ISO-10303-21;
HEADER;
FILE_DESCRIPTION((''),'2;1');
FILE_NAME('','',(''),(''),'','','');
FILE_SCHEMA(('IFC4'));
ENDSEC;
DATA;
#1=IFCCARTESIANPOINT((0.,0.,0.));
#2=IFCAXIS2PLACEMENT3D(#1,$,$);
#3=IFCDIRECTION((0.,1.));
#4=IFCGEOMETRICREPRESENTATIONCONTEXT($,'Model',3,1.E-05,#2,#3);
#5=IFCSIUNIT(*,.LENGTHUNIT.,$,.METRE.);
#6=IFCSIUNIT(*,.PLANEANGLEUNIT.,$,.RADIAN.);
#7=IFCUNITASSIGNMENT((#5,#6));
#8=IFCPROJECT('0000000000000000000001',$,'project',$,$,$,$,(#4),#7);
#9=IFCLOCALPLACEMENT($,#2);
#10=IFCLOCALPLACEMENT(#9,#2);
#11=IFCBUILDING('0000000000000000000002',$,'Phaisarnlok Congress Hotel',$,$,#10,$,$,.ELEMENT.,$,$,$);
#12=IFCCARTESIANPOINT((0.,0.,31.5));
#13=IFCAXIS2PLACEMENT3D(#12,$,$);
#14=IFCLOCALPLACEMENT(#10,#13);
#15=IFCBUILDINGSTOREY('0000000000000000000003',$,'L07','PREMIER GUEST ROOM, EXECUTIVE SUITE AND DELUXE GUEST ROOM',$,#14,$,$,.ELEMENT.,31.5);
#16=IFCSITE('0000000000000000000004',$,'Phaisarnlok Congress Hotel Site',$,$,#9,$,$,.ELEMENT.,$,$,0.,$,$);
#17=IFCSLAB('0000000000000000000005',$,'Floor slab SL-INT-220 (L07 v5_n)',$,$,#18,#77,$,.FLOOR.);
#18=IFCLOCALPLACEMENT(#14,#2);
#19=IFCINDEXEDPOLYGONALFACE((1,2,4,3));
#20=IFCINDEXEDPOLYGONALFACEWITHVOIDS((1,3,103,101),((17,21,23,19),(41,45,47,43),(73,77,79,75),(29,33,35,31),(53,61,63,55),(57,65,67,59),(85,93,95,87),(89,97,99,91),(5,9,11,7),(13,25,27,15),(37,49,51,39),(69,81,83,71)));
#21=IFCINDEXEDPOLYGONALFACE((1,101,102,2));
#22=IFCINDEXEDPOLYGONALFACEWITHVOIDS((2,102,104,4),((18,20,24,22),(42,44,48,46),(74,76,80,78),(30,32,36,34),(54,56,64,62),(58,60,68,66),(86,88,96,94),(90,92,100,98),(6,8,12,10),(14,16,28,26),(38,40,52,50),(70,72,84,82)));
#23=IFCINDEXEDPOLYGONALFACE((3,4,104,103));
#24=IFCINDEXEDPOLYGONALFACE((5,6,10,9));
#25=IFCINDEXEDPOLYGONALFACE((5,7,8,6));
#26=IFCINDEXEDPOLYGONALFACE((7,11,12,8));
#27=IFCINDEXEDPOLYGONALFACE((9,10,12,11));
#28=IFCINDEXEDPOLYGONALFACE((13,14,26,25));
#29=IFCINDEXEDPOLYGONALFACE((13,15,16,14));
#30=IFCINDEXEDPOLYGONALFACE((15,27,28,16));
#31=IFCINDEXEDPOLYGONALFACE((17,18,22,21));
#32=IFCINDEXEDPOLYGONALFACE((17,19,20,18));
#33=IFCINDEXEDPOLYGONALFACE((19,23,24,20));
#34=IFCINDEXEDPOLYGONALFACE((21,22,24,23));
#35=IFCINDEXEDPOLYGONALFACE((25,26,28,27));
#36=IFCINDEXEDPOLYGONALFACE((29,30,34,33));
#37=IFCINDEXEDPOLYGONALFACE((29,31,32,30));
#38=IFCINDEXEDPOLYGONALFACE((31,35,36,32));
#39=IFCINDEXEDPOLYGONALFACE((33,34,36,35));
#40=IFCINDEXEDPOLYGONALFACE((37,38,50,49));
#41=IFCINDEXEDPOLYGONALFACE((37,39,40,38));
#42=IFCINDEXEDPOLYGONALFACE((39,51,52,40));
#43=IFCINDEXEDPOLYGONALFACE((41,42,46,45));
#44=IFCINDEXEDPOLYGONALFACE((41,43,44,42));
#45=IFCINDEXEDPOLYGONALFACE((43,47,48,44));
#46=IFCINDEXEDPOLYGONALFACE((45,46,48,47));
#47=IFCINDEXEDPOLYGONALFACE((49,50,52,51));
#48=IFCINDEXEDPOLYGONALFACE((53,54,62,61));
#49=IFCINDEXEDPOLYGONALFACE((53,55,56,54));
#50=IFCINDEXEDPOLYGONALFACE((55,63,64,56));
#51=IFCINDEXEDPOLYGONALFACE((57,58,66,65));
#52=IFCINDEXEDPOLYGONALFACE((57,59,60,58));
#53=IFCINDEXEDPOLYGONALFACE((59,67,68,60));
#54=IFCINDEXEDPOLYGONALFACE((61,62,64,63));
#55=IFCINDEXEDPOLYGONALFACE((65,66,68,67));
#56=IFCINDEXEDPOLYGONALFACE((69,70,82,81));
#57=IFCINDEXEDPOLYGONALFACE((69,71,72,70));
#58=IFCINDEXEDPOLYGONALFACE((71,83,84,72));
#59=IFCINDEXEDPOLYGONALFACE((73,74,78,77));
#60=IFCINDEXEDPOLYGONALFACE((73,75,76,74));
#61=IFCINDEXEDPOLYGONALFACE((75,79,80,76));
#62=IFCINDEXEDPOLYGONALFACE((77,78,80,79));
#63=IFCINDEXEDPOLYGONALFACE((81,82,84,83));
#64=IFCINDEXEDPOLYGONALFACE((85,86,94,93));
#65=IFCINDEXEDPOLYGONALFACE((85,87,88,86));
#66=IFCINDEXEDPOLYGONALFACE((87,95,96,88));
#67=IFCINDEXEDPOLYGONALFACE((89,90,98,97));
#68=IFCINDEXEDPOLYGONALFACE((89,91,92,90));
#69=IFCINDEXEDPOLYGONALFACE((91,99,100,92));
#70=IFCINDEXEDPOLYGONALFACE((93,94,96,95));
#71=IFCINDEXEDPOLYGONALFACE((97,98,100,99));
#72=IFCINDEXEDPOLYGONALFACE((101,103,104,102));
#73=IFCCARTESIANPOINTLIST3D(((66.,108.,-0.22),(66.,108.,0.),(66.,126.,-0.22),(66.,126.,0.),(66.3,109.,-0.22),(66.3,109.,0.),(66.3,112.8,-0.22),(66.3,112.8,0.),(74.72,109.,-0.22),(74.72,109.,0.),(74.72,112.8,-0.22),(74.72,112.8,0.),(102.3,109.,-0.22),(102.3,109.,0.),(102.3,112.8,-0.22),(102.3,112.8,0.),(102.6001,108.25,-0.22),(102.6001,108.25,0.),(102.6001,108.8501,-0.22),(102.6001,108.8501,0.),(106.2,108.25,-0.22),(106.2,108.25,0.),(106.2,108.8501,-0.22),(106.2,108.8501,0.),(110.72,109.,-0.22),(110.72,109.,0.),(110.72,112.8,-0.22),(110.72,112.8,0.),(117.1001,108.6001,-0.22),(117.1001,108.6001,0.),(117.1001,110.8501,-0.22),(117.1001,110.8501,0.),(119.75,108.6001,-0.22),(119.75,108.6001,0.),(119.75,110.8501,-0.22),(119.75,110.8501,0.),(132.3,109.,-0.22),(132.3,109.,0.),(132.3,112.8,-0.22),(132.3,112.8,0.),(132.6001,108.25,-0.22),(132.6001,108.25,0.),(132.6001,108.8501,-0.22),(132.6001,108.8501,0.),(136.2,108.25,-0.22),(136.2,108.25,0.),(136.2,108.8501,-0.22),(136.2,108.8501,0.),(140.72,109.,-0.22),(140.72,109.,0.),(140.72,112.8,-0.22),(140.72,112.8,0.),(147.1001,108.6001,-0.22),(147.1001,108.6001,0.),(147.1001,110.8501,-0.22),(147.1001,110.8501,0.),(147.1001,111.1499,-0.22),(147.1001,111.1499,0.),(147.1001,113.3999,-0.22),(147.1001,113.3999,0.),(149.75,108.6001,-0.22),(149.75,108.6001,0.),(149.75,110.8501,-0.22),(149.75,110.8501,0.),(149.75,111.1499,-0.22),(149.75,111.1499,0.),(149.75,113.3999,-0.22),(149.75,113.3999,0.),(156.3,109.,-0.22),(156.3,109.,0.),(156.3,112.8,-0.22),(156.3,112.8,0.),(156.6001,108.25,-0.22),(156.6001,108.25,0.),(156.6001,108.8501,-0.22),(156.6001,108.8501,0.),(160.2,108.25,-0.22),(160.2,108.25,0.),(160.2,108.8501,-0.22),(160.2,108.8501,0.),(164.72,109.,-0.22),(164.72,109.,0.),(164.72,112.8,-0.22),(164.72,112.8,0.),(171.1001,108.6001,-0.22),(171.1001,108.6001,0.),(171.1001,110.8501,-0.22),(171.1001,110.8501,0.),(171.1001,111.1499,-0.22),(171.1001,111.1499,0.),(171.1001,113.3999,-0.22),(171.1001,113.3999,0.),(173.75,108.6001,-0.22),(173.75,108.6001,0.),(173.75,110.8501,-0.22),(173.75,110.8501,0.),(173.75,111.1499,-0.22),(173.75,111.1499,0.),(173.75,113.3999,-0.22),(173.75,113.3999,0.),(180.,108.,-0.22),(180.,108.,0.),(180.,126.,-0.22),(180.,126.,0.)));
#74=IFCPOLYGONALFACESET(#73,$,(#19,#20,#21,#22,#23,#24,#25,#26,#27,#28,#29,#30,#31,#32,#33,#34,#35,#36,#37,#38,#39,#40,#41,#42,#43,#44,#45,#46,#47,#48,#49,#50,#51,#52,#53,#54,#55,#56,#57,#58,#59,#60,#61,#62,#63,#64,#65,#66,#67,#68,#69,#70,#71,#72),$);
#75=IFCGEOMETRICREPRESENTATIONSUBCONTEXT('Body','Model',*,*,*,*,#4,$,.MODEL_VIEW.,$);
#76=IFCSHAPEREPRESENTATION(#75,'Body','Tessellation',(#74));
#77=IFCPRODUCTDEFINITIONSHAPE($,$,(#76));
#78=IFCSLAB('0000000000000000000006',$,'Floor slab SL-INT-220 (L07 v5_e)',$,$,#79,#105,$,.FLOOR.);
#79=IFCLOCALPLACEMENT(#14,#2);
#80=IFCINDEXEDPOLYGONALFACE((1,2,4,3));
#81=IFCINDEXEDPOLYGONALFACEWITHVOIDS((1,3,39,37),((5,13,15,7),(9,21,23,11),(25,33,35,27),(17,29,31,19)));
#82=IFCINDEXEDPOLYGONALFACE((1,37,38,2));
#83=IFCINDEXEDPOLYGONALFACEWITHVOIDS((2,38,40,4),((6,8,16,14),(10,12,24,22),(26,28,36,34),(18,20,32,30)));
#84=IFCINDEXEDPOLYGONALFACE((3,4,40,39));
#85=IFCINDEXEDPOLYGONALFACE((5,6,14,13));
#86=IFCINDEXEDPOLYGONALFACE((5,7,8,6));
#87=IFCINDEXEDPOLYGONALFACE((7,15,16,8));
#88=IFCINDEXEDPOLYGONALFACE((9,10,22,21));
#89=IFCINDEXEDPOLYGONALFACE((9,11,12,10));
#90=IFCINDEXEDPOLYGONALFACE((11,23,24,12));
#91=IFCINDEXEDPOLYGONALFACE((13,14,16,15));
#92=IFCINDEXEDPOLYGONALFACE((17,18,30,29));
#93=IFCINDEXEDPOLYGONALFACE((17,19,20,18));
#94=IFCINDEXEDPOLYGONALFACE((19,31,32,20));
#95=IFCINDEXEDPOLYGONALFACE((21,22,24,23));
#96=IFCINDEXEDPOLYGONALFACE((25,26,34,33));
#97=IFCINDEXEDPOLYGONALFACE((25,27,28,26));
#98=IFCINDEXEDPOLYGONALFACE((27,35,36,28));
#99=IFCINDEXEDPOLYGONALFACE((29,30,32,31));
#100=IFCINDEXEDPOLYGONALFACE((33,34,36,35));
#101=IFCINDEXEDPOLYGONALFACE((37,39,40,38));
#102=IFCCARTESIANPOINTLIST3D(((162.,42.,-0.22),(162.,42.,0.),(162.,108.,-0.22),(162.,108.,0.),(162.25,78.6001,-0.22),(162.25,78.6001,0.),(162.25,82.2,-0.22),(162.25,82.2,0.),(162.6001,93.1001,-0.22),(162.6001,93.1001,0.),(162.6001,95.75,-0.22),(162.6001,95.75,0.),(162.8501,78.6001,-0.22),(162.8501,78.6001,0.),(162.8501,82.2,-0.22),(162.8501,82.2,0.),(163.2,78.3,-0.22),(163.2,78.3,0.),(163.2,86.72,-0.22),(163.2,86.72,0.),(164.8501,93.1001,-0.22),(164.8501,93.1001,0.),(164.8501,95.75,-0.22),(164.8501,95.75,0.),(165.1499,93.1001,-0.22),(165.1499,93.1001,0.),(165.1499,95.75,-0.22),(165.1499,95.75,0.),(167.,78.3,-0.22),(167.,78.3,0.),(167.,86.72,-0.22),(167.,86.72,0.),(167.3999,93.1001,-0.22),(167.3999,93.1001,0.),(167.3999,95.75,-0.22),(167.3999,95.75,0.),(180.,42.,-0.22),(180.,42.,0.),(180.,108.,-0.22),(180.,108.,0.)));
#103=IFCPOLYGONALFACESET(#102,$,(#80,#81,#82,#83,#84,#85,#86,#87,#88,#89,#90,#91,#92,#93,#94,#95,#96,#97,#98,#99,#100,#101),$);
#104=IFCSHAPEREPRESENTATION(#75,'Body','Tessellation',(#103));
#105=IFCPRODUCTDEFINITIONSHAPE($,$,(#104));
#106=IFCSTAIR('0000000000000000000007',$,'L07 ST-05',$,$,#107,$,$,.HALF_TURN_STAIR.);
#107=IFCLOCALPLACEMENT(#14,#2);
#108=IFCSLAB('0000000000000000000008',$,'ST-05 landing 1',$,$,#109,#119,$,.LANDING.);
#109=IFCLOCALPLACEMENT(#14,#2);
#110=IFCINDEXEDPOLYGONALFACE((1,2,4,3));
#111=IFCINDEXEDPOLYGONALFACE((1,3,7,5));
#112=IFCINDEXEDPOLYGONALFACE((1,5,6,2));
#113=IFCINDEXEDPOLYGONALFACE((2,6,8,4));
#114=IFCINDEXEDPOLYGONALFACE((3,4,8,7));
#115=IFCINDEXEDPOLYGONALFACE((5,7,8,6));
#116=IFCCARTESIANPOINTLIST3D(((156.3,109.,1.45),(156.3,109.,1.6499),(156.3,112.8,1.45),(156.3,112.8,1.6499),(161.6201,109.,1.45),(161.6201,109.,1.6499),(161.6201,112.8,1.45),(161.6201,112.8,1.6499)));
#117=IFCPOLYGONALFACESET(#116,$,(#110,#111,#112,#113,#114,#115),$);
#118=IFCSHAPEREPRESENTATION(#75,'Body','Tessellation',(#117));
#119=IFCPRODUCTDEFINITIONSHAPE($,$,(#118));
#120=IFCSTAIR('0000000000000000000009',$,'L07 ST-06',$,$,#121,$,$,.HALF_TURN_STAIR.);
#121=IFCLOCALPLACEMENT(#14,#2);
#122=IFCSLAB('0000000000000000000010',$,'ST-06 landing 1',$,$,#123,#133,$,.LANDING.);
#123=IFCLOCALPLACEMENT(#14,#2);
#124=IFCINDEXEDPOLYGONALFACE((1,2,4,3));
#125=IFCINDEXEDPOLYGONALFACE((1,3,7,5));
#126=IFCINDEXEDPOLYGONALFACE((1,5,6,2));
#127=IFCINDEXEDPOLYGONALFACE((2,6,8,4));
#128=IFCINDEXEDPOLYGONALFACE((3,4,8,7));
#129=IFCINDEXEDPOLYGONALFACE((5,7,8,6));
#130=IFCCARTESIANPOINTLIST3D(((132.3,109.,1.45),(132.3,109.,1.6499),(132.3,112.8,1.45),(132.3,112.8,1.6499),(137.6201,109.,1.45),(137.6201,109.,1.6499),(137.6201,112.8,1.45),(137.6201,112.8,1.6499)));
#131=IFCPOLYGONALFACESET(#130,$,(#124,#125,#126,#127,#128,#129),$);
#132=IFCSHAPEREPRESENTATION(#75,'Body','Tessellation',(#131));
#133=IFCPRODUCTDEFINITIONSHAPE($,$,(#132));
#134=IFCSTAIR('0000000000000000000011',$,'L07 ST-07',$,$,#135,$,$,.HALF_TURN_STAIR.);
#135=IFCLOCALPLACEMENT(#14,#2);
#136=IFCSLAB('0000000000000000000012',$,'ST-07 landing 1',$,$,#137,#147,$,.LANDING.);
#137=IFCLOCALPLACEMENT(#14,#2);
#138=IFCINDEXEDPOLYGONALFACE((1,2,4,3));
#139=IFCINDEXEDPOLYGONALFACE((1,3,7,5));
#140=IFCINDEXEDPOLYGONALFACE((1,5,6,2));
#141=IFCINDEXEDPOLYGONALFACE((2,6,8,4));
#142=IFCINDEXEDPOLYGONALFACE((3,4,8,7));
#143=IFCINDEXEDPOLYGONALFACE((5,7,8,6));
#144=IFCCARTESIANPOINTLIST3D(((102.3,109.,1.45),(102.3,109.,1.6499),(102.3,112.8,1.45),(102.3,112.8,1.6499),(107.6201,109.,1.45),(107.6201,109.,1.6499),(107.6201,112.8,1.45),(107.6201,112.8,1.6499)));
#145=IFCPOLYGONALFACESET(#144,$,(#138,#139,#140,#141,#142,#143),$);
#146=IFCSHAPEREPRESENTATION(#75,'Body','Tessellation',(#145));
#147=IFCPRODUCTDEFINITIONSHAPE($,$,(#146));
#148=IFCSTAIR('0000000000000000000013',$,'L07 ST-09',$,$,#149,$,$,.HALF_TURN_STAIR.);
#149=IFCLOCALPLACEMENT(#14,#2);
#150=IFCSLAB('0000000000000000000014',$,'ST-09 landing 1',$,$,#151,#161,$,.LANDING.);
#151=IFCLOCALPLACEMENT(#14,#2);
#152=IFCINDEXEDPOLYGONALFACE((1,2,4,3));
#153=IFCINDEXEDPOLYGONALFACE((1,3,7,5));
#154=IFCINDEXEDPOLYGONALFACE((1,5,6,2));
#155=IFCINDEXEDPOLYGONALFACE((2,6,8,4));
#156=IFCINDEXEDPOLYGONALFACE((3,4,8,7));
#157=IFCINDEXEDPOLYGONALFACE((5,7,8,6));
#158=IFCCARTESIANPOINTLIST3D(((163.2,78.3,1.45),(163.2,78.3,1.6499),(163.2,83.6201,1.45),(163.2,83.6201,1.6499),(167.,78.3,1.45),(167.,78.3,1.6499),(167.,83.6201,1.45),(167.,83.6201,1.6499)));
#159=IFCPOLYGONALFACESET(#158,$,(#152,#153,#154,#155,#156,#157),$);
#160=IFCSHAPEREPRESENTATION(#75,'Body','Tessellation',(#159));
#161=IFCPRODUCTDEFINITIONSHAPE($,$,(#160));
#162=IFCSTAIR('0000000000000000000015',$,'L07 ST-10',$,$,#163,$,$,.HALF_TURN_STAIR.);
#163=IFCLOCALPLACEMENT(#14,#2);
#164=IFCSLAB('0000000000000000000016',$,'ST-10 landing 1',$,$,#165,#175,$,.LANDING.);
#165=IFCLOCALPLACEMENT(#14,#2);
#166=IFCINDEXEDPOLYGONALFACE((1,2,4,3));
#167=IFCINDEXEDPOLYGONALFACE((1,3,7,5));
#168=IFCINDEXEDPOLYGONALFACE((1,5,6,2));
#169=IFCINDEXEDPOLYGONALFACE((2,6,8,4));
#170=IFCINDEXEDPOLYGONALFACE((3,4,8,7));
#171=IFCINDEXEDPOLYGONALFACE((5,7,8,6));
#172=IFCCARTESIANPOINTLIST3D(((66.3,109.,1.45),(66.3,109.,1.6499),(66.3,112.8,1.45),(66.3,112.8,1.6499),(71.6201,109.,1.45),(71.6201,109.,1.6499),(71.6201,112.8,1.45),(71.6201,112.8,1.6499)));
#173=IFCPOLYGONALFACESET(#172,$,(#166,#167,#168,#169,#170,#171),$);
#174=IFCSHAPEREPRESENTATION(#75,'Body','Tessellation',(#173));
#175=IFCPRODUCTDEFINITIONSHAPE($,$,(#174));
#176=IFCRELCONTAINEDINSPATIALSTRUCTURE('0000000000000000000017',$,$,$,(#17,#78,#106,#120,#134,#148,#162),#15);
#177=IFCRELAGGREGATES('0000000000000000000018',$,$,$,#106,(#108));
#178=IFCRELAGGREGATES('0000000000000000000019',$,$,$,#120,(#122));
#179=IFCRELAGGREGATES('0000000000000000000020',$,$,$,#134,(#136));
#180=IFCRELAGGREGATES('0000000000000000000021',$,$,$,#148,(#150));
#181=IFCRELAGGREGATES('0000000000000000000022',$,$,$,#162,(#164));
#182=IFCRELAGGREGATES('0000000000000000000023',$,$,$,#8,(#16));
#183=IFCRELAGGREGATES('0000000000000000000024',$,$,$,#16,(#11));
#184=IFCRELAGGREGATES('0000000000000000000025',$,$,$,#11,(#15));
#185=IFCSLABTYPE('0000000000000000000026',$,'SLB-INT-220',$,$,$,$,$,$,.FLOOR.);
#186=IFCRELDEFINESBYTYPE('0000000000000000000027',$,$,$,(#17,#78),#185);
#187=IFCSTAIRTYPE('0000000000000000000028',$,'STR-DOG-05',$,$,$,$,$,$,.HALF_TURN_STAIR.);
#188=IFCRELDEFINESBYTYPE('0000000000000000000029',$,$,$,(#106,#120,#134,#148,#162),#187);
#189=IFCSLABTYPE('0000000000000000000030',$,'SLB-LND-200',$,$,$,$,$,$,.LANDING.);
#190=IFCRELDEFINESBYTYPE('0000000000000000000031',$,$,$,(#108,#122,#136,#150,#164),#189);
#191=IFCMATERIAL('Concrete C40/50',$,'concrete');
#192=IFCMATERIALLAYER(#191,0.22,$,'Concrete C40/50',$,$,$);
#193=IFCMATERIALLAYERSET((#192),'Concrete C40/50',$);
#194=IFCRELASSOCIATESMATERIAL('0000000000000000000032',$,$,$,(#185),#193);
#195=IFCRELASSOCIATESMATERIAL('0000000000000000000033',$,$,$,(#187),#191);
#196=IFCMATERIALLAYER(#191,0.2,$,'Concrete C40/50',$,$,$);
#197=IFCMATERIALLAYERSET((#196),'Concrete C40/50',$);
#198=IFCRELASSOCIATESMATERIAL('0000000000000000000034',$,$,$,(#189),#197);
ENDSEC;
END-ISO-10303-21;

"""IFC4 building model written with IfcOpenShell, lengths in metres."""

from ifc_helpers import new_model, si_unit, direction, frame, origin, place, context, subcontext, project, spatial, polyline, outline, extrude, material, layer, layer_set, type_object, element, aggregate, save


model = new_model("IFC4")

# Units and contexts
model_context = context("Model", 3, precision=1e-05, world=origin(), true_north=direction((0.0, 1.0)))
body_context = subcontext(model_context, "Body", "Model", "MODEL_VIEW")
ifc_project = project(units=[si_unit("LENGTHUNIT", "METRE"), si_unit("PLANEANGLEUNIT", "RADIAN")], contexts=[model_context])

# Site, building, storey
site_placement = place(None, origin())
site = spatial("IfcSite", under=ifc_project, at=site_placement, Name="Phaisarnlok Congress Hotel Site", CompositionType="ELEMENT", RefElevation=0.0)
building_placement = place(site_placement, origin())
building = spatial("IfcBuilding", under=site, at=building_placement, Name="Phaisarnlok Congress Hotel", CompositionType="ELEMENT")
storey_placement = place(building_placement, frame((0.0, 0.0, 31.5)))
storey = spatial("IfcBuildingStorey", under=building, at=storey_placement, Name="L07", Description="PREMIER GUEST ROOM, EXECUTIVE SUITE AND DELUXE GUEST ROOM", CompositionType="ELEMENT", Elevation=31.5)

# Shared definitions
ifc_material_1 = material(Name="Concrete C40/50", Category="concrete")

# Slabs
ifc_layer_1 = layer(ifc_material_1, 0.22, Name="Concrete C40/50")
ifc_layer_set_1 = layer_set([ifc_layer_1], Name="Concrete C40/50")
slab_type_1 = type_object("IfcSlabType", Name="SLB-INT-220", PredefinedType="FLOOR", material=ifc_layer_set_1)
slab_1_placement = place(storey_placement, frame((0.0, 0.0, -0.22)))
element("IfcSlab", 1, at=slab_1_placement, inside=storey, type_object=slab_type_1, Name="Floor slab SL-INT-220 (L07 v5_n)", PredefinedType="FLOOR", context=body_context, shape_type="SweptSolid", body=[
    extrude(outline(polyline([(180.0, 108.0), (180.0, 126.0), (66.0, 126.0), (66.0, 108.0), (180.0, 108.0)]), holes=[polyline([(164.72, 112.8), (156.3, 112.8), (156.3, 109.0), (164.72, 109.0), (164.72, 112.8)]), polyline([(140.72, 112.8), (132.3, 112.8), (132.3, 109.0), (140.72, 109.0), (140.72, 112.8)]), polyline([(110.72, 112.8), (102.3, 112.8), (102.3, 109.0), (110.72, 109.0), (110.72, 112.8)]), polyline([(74.72, 112.8), (66.3, 112.8), (66.3, 109.0), (74.72, 109.0), (74.72, 112.8)]), polyline([(173.75, 108.6001), (173.75, 110.8501), (171.1001, 110.8501), (171.1001, 108.6001), (173.75, 108.6001)]), polyline([(173.75, 111.1499), (173.75, 113.3999), (171.1001, 113.3999), (171.1001, 111.1499), (173.75, 111.1499)]), polyline([(160.2, 108.25), (160.2, 108.8501), (156.6001, 108.8501), (156.6001, 108.25), (160.2, 108.25)]), polyline([(149.75, 108.6001), (149.75, 110.8501), (147.1001, 110.8501), (147.1001, 108.6001), (149.75, 108.6001)]), polyline([(149.75, 111.1499), (149.75, 113.3999), (147.1001, 113.3999), (147.1001, 111.1499), (149.75, 111.1499)]), polyline([(136.2, 108.25), (136.2, 108.8501), (132.6001, 108.8501), (132.6001, 108.25), (136.2, 108.25)]), polyline([(119.75, 108.6001), (119.75, 110.8501), (117.1001, 110.8501), (117.1001, 108.6001), (119.75, 108.6001)]), polyline([(106.2, 108.25), (106.2, 108.8501), (102.6001, 108.8501), (102.6001, 108.25), (106.2, 108.25)])]), origin(), (0.0, 0.0, 1.0), 0.22),
])
slab_2_placement = place(storey_placement, frame((0.0, 0.0, -0.22)))
element("IfcSlab", 2, at=slab_2_placement, inside=storey, type_object=slab_type_1, Name="Floor slab SL-INT-220 (L07 v5_e)", PredefinedType="FLOOR", context=body_context, shape_type="SweptSolid", body=[
    extrude(outline(polyline([(180.0, 42.0), (180.0, 108.0), (162.0, 108.0), (162.0, 42.0), (180.0, 42.0)]), holes=[polyline([(163.2, 86.72), (163.2, 78.3), (167.0, 78.3), (167.0, 86.72), (163.2, 86.72)]), polyline([(164.8501, 93.1001), (164.8501, 95.75), (162.6001, 95.75), (162.6001, 93.1001), (164.8501, 93.1001)]), polyline([(167.3999, 93.1001), (167.3999, 95.75), (165.1499, 95.75), (165.1499, 93.1001), (167.3999, 93.1001)]), polyline([(162.8501, 78.6001), (162.8501, 82.2), (162.25, 82.2), (162.25, 78.6001), (162.8501, 78.6001)])]), origin(), (0.0, 0.0, 1.0), 0.22),
])

# Stairs, slabs
stair_type = type_object("IfcStairType", Name="STR-DOG-05", PredefinedType="HALF_TURN_STAIR", material=ifc_material_1)
stair_1_placement = place(storey_placement, origin())
stair_1 = element("IfcStair", 3, at=stair_1_placement, inside=storey, type_object=stair_type, Name="L07 ST-05", PredefinedType="HALF_TURN_STAIR")
ifc_layer_2 = layer(ifc_material_1, 0.2, Name="Concrete C40/50")
ifc_layer_set_2 = layer_set([ifc_layer_2], Name="Concrete C40/50")
slab_type_2 = type_object("IfcSlabType", Name="SLB-LND-200", PredefinedType="LANDING", material=ifc_layer_set_2)
slab_3_placement = place(storey_placement, frame((0.0, 0.0, 1.45)))
slab_3 = element("IfcSlab", 4, at=slab_3_placement, type_object=slab_type_2, Name="ST-05 landing 1", PredefinedType="LANDING", context=body_context, shape_type="SweptSolid", body=[
    extrude(outline(polyline([(161.6201, 112.8), (156.3, 112.8), (156.3, 109.0), (161.6201, 109.0), (161.6201, 112.8)])), origin(), (0.0, 0.0, 1.0), 0.2),
])
aggregate(stair_1, [slab_3])
stair_2_placement = place(storey_placement, origin())
stair_2 = element("IfcStair", 5, at=stair_2_placement, inside=storey, type_object=stair_type, Name="L07 ST-06", PredefinedType="HALF_TURN_STAIR")
slab_4_placement = place(storey_placement, frame((0.0, 0.0, 1.45)))
slab_4 = element("IfcSlab", 6, at=slab_4_placement, type_object=slab_type_2, Name="ST-06 landing 1", PredefinedType="LANDING", context=body_context, shape_type="SweptSolid", body=[
    extrude(outline(polyline([(137.6201, 112.8), (132.3, 112.8), (132.3, 109.0), (137.6201, 109.0), (137.6201, 112.8)])), origin(), (0.0, 0.0, 1.0), 0.2),
])
aggregate(stair_2, [slab_4])
stair_3_placement = place(storey_placement, origin())
stair_3 = element("IfcStair", 7, at=stair_3_placement, inside=storey, type_object=stair_type, Name="L07 ST-07", PredefinedType="HALF_TURN_STAIR")
slab_5_placement = place(storey_placement, frame((0.0, 0.0, 1.45)))
slab_5 = element("IfcSlab", 8, at=slab_5_placement, type_object=slab_type_2, Name="ST-07 landing 1", PredefinedType="LANDING", context=body_context, shape_type="SweptSolid", body=[
    extrude(outline(polyline([(107.6201, 112.8), (102.3, 112.8), (102.3, 109.0), (107.6201, 109.0), (107.6201, 112.8)])), origin(), (0.0, 0.0, 1.0), 0.2),
])
aggregate(stair_3, [slab_5])
stair_4_placement = place(storey_placement, origin())
stair_4 = element("IfcStair", 9, at=stair_4_placement, inside=storey, type_object=stair_type, Name="L07 ST-09", PredefinedType="HALF_TURN_STAIR")
slab_6_placement = place(storey_placement, frame((0.0, 0.0, 1.45)))
slab_6 = element("IfcSlab", 10, at=slab_6_placement, type_object=slab_type_2, Name="ST-09 landing 1", PredefinedType="LANDING", context=body_context, shape_type="SweptSolid", body=[
    extrude(outline(polyline([(163.2, 83.6201), (163.2, 78.3), (167.0, 78.3), (167.0, 83.6201), (163.2, 83.6201)])), origin(), (0.0, 0.0, 1.0), 0.2),
])
aggregate(stair_4, [slab_6])
stair_5_placement = place(storey_placement, origin())
stair_5 = element("IfcStair", 11, at=stair_5_placement, inside=storey, type_object=stair_type, Name="L07 ST-10", PredefinedType="HALF_TURN_STAIR")
slab_7_placement = place(storey_placement, frame((0.0, 0.0, 1.45)))
slab_7 = element("IfcSlab", 12, at=slab_7_placement, type_object=slab_type_2, Name="ST-10 landing 1", PredefinedType="LANDING", context=body_context, shape_type="SweptSolid", body=[
    extrude(outline(polyline([(71.6201, 112.8), (66.3, 112.8), (66.3, 109.0), (71.6201, 109.0), (71.6201, 112.8)])), origin(), (0.0, 0.0, 1.0), 0.2),
])
aggregate(stair_5, [slab_7])

save(model, "model.ifc")
